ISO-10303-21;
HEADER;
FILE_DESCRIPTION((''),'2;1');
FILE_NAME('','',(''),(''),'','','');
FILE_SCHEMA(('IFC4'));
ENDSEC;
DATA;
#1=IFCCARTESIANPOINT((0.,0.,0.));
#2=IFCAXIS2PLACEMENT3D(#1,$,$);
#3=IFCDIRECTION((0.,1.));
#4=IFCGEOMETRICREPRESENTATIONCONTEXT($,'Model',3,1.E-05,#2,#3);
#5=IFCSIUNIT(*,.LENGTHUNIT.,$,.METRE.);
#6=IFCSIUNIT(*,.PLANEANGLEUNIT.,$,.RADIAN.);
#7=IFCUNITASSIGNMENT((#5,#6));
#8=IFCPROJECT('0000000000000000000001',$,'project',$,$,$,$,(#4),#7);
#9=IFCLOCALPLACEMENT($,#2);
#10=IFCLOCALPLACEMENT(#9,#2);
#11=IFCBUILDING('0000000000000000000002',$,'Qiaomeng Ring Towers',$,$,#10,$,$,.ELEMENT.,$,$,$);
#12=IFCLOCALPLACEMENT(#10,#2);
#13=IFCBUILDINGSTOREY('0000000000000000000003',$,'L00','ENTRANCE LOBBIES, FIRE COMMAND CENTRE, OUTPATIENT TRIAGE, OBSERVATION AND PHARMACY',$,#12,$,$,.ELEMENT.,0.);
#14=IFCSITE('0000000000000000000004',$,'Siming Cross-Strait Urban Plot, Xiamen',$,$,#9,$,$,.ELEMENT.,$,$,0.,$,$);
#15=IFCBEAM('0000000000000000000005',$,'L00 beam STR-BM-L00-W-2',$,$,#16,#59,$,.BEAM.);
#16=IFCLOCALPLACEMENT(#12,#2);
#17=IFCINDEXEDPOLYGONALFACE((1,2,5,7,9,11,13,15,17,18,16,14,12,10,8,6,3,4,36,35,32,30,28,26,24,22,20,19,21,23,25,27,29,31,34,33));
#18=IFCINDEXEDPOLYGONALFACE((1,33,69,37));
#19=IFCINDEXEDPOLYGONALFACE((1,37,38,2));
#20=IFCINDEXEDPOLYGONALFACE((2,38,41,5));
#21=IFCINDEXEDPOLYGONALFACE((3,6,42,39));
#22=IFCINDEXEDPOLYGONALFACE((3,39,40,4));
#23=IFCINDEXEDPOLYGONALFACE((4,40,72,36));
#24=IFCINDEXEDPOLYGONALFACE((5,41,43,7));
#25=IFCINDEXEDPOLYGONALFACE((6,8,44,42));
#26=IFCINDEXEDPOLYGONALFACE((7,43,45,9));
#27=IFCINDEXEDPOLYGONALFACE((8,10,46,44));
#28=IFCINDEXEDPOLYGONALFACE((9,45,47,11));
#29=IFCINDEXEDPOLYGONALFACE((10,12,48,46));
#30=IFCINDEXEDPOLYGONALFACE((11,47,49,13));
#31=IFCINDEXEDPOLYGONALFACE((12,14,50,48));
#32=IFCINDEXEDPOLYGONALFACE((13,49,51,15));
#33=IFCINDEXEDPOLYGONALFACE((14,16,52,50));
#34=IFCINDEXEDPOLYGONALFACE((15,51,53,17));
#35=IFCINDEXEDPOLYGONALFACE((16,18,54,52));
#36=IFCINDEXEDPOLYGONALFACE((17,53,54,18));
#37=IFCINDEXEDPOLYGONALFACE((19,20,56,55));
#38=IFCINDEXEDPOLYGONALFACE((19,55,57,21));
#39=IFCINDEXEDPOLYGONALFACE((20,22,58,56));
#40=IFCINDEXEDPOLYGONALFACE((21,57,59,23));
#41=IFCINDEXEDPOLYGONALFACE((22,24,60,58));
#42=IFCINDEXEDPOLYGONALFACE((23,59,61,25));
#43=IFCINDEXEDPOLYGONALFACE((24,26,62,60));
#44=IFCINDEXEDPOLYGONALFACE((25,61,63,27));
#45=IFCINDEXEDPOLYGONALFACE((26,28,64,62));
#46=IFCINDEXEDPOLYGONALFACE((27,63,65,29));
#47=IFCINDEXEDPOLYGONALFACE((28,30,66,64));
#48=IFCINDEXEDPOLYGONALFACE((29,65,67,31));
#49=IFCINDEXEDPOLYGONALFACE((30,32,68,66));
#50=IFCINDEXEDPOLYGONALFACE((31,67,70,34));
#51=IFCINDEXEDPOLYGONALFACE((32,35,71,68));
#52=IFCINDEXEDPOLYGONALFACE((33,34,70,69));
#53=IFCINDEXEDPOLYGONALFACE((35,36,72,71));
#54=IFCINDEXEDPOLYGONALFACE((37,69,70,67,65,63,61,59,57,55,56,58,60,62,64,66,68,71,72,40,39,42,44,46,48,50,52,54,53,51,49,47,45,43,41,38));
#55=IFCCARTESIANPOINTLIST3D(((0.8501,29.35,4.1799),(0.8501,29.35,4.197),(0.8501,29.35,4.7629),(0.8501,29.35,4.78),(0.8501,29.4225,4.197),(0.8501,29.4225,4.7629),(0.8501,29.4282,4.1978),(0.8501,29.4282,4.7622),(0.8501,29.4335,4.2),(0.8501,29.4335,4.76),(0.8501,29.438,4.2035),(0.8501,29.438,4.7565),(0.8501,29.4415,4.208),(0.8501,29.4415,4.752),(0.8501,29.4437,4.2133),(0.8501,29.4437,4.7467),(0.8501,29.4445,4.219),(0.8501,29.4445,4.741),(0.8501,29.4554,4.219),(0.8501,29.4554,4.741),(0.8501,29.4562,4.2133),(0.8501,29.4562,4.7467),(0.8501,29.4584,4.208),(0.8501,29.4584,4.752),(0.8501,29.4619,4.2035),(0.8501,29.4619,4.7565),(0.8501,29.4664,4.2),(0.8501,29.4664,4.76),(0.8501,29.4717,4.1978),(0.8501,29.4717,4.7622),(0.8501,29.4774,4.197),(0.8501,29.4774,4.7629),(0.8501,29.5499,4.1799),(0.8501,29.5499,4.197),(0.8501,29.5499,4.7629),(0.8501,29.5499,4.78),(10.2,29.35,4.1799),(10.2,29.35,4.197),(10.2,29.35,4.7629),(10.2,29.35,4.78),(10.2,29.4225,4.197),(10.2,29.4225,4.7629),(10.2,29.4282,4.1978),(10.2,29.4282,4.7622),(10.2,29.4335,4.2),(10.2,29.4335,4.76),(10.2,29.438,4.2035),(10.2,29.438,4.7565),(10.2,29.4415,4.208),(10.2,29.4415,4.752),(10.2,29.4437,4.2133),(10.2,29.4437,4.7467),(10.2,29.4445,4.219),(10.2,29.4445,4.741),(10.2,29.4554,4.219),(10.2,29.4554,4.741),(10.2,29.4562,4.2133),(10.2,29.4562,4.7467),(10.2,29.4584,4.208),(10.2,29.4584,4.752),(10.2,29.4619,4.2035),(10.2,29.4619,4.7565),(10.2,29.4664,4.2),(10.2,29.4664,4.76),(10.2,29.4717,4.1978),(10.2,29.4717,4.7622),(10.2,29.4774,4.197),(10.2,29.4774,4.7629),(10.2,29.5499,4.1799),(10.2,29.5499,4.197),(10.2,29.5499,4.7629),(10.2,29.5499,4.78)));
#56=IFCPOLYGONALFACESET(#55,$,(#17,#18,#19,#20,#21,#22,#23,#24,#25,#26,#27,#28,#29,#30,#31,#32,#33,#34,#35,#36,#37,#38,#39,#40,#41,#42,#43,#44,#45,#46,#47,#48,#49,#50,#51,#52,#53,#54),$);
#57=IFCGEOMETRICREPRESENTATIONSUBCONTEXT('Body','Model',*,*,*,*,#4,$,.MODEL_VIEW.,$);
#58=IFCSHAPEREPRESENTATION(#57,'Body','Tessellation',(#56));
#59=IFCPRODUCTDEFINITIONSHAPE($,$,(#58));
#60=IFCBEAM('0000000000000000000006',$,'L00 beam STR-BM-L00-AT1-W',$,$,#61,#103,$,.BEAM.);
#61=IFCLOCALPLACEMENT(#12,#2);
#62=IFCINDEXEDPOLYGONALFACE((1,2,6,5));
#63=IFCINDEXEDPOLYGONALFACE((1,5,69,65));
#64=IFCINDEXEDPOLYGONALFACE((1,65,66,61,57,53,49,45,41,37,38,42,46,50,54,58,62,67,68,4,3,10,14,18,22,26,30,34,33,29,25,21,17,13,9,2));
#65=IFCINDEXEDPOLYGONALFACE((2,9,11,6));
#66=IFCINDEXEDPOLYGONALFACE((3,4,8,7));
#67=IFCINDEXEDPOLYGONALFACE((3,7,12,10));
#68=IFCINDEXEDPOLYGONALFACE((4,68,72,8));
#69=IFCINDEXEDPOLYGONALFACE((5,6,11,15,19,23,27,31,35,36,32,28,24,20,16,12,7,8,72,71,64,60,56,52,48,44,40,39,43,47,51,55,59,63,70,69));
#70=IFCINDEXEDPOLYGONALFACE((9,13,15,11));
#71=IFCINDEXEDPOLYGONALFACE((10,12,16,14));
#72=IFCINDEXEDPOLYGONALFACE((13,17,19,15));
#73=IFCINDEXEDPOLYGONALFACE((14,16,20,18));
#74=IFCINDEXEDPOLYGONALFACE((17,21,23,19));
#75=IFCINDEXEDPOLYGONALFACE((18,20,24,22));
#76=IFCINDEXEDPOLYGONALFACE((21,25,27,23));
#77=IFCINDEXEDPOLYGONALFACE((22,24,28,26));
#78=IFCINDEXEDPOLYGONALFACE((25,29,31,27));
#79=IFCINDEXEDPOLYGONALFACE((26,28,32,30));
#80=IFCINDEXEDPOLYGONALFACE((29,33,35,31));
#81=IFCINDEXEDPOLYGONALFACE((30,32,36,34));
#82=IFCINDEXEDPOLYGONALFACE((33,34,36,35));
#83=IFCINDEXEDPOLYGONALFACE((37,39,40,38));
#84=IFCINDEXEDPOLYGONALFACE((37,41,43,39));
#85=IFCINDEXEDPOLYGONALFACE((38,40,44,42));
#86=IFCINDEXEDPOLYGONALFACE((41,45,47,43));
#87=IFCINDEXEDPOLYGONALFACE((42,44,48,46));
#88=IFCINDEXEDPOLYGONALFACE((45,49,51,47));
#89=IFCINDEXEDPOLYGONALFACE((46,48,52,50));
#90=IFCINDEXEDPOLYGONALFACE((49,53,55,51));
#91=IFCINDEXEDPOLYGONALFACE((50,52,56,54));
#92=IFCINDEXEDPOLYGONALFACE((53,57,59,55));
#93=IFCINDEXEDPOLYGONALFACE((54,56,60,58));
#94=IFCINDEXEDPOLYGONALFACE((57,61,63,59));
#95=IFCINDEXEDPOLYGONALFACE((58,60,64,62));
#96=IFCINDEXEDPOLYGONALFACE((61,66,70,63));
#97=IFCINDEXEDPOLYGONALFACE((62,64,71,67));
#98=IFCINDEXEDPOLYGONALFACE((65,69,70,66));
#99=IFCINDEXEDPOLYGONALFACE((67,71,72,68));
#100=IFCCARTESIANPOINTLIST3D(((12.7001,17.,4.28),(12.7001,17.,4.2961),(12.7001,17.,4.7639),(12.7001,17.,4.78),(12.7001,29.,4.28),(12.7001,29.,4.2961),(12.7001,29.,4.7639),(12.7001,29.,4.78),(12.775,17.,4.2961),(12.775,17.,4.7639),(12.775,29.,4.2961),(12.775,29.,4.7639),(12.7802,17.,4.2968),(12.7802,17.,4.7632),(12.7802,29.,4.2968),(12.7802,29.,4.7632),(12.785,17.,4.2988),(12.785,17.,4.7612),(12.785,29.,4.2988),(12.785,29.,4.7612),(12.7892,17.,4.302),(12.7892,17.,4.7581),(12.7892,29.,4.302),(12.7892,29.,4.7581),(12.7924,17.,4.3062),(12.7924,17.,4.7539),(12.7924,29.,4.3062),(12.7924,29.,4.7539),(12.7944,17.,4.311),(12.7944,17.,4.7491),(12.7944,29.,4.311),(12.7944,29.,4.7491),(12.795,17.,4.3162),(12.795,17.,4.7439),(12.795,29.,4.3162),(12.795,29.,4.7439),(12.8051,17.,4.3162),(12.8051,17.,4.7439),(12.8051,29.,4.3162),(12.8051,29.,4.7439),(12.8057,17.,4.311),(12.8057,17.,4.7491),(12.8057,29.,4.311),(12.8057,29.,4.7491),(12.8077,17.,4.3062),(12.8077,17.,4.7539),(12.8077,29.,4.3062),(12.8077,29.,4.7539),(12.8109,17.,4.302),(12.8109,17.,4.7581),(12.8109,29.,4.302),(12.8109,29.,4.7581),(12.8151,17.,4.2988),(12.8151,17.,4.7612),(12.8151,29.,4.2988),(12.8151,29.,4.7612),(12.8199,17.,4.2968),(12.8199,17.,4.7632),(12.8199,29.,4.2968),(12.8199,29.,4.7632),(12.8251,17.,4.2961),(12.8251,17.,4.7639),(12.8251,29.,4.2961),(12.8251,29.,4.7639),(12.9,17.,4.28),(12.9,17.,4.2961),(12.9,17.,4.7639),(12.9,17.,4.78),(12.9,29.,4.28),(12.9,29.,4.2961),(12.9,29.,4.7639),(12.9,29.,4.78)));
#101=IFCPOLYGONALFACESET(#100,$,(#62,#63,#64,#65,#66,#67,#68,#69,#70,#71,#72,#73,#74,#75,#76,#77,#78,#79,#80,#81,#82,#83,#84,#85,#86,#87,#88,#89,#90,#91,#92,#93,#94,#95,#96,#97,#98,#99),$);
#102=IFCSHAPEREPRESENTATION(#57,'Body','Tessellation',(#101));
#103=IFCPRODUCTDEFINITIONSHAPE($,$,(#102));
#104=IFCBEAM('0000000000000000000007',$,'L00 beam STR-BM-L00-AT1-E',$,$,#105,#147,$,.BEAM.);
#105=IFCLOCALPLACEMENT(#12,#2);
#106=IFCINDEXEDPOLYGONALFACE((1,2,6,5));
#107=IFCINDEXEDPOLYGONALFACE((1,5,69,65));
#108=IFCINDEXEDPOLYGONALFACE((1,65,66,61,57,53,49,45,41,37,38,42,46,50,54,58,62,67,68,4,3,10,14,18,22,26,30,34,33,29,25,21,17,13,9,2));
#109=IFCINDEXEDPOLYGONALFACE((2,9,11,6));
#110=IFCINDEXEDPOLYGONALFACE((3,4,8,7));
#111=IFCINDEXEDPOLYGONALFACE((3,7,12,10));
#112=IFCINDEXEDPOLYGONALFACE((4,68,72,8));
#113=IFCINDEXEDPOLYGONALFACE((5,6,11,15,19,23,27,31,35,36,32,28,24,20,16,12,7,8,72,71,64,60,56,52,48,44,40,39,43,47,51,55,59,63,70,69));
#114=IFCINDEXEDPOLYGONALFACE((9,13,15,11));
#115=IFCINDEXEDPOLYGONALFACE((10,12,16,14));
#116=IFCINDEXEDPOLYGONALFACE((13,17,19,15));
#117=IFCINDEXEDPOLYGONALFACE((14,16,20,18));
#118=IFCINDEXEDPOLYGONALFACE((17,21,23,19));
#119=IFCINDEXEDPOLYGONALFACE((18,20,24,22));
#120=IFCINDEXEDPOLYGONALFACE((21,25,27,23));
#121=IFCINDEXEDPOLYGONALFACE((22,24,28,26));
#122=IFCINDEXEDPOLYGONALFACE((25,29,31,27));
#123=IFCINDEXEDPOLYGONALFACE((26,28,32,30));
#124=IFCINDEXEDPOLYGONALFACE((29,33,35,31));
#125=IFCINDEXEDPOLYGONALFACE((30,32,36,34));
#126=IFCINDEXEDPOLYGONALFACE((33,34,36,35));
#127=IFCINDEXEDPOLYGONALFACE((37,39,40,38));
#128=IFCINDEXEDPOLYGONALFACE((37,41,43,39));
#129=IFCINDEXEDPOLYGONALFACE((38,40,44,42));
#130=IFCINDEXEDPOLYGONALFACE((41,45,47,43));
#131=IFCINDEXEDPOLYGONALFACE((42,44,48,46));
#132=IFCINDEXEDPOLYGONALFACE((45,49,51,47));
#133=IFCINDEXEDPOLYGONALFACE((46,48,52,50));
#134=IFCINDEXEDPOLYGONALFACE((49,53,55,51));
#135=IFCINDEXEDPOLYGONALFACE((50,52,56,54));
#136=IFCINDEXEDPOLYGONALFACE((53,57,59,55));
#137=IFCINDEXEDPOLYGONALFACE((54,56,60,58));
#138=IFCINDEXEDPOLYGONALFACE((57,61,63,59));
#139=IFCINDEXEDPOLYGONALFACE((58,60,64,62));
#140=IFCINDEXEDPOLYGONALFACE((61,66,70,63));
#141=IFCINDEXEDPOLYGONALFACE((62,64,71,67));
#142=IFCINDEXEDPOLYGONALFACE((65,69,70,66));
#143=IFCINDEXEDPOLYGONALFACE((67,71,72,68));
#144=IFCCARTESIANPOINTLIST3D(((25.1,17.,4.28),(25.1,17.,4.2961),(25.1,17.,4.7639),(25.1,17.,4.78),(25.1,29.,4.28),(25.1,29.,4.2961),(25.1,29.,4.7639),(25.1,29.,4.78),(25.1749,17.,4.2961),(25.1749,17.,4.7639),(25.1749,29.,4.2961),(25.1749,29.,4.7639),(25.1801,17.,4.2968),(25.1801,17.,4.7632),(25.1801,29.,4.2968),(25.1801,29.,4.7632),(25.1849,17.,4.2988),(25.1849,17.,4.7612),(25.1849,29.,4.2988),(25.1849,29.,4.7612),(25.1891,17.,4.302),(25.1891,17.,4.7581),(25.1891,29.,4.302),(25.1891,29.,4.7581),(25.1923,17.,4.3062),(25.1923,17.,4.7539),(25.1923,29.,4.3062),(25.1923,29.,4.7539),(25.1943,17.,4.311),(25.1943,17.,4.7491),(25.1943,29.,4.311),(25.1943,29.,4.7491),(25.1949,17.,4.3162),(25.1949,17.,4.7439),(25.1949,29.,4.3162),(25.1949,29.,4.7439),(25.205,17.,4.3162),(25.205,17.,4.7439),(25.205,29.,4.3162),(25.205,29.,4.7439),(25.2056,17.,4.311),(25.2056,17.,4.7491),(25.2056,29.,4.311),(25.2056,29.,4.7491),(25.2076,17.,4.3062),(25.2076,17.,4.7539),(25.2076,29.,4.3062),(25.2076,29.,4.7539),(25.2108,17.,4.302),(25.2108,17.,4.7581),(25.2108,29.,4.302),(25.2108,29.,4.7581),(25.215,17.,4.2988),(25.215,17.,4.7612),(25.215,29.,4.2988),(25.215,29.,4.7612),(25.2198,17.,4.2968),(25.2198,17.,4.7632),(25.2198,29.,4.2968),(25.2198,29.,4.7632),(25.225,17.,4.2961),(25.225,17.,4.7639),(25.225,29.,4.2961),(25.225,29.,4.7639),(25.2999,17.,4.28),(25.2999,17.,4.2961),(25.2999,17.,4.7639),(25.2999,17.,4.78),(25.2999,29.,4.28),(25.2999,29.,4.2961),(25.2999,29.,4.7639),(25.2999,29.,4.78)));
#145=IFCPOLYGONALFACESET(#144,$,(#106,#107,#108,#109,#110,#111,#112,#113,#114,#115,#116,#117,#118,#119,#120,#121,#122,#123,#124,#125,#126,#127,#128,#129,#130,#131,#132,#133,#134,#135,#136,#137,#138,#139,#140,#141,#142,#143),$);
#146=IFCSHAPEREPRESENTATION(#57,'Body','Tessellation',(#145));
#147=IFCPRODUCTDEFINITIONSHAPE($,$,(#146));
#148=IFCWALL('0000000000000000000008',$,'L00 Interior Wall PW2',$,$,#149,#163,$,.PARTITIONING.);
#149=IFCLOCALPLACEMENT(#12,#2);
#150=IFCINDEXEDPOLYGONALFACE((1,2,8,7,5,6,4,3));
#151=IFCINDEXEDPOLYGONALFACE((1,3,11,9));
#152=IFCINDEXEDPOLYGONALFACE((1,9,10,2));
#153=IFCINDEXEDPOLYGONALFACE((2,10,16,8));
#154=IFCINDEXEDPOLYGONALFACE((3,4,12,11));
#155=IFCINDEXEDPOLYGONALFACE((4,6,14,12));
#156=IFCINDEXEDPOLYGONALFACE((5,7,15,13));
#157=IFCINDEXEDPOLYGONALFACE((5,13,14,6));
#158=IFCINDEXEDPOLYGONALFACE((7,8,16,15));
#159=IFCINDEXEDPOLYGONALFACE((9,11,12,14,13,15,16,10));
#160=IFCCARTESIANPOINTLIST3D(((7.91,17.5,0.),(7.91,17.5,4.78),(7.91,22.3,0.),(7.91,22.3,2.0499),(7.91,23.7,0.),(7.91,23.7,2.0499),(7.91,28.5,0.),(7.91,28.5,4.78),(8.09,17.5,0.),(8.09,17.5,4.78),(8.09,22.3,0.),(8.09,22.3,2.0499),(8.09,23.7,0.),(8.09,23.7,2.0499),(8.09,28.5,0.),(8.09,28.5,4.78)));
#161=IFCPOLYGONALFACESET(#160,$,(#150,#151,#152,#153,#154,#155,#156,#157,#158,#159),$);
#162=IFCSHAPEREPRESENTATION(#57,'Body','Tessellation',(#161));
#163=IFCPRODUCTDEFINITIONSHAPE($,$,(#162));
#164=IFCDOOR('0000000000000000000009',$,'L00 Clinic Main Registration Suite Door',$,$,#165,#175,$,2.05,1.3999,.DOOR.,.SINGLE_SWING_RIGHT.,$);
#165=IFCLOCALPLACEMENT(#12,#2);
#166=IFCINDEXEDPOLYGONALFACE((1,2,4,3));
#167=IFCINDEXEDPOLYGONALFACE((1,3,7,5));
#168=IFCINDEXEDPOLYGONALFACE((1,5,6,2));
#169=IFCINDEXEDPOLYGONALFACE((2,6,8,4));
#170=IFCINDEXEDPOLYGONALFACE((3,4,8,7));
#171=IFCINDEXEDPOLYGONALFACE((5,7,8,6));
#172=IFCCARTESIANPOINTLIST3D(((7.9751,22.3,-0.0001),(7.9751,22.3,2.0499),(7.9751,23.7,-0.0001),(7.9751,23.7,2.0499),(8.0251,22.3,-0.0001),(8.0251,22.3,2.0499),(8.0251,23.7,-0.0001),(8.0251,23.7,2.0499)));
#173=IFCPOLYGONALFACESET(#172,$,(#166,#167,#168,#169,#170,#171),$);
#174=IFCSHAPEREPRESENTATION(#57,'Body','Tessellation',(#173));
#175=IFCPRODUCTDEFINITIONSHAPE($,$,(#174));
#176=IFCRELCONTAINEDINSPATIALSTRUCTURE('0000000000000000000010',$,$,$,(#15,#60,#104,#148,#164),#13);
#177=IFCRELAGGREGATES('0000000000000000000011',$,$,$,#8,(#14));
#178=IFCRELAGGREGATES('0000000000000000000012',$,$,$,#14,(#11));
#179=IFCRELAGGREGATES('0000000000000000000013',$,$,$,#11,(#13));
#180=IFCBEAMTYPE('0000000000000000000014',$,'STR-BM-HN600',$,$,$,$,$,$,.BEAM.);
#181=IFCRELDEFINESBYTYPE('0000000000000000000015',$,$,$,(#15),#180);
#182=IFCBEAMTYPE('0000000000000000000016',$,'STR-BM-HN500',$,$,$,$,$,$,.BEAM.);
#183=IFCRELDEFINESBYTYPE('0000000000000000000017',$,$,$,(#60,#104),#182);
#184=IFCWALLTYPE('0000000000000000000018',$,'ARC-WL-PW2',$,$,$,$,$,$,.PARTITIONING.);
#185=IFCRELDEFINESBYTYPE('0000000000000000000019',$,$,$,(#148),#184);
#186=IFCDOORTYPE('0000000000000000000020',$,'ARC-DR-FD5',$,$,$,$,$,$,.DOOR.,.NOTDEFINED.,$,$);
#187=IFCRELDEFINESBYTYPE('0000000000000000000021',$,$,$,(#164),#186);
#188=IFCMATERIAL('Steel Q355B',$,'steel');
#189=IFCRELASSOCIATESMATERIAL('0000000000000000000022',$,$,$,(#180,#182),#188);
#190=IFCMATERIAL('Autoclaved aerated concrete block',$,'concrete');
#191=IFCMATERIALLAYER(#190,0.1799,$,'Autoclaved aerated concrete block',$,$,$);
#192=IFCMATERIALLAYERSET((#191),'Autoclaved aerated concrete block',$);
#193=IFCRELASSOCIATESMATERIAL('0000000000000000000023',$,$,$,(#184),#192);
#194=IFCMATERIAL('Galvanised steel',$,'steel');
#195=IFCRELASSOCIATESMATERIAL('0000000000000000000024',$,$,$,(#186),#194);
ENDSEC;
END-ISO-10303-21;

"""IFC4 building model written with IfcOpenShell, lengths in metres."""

from ifc_helpers import new_model, si_unit, direction, frame, frame_2d, origin, origin_2d, place, context, subcontext, project, spatial, rectangle, i_section, extrude, source, transform, mapped, material, layer, layer_set, material_profile, profile_set, type_object, element, fill, save


model = new_model("IFC4")

# Units and contexts
model_context = context("Model", 3, precision=1e-05, world=origin(), true_north=direction((0.0, 1.0)))
body_context = subcontext(model_context, "Body", "Model", "MODEL_VIEW")
ifc_project = project(units=[si_unit("LENGTHUNIT", "METRE"), si_unit("PLANEANGLEUNIT", "RADIAN")], contexts=[model_context])

# Site, building, storey
site_placement = place(None, origin())
site = spatial("IfcSite", under=ifc_project, at=site_placement, Name="Siming Cross-Strait Urban Plot, Xiamen", CompositionType="ELEMENT", RefElevation=0.0)
building_placement = place(site_placement, origin())
building = spatial("IfcBuilding", under=site, at=building_placement, Name="Qiaomeng Ring Towers", CompositionType="ELEMENT")
storey_placement = place(building_placement, origin())
storey = spatial("IfcBuildingStorey", under=building, at=storey_placement, Name="L00", Description="ENTRANCE LOBBIES, FIRE COMMAND CENTRE, OUTPATIENT TRIAGE, OBSERVATION AND PHARMACY", CompositionType="ELEMENT", Elevation=0.0)

# Beams
ifc_material_1 = material(Name="Steel Q355B", Category="steel")
ifc_material_profile_1 = material_profile(ifc_material_1, i_section(OverallWidth=0.2, OverallDepth=0.6001, WebThickness=0.011, FlangeThickness=0.0171, FilletRadius=0.022, at=origin_2d()), Name="HN 600x200x11x17")
ifc_profile_set_1 = profile_set([ifc_material_profile_1], Name="Steel Q355B")
beam_type_1 = type_object("IfcBeamType", Name="STR-BM-HN600", PredefinedType="BEAM", material=ifc_profile_set_1)
shared_shape_1 = source(origin(), body_context, "Body", "SweptSolid", [
    extrude(i_section(OverallWidth=0.2, OverallDepth=0.6001, WebThickness=0.011, FlangeThickness=0.0171, FilletRadius=0.022, at=origin_2d()), origin(), (0.0, 0.0, 1.0), 9.3499),
])
beam_placement = place(storey_placement, frame((0.8501, 29.45, 4.48), z_axis=(1.0, 0.0, 0.0), x_axis=(0.0, 1.0, 0.0)))
element("IfcBeam", 1, at=beam_placement, inside=storey, type_object=beam_type_1, Name="L00 beam STR-BM-L00-W-2", PredefinedType="BEAM", context=body_context, shape_type="MappedRepresentation", body=[
    mapped(shared_shape_1, transform((0.0, 0.0, 0.0), x_axis=(1.0, 0.0, 0.0), y_axis=(0.0, 1.0, 0.0), z_axis=(0.0, 0.0, 1.0), scale=1.0)),
])
ifc_material_profile_2 = material_profile(ifc_material_1, i_section(OverallWidth=0.2, OverallDepth=0.5, WebThickness=0.01, FlangeThickness=0.0161, FilletRadius=0.02, at=origin_2d()), Name="HN 500x200x10x16")
ifc_profile_set_2 = profile_set([ifc_material_profile_2], Name="Steel Q355B")
beam_type_2 = type_object("IfcBeamType", Name="STR-BM-HN500", PredefinedType="BEAM", material=ifc_profile_set_2)
shared_shape_2 = source(origin(), body_context, "Body", "SweptSolid", [
    extrude(i_section(OverallWidth=0.2, OverallDepth=0.5, WebThickness=0.01, FlangeThickness=0.0161, FilletRadius=0.02, at=origin_2d()), origin(), (0.0, 0.0, 1.0), 12.0),
])
for number, where, z_axis, x_axis, name in (
    (2, (12.8, 17.0, 4.53), (0.0, 1.0, 0.0), (-1.0, 0.0, 0.0), "L00 beam STR-BM-L00-AT1-W"),
    (3, (25.2, 17.0, 4.53), (0.0, 1.0, 0.0), (-1.0, 0.0, 0.0), "L00 beam STR-BM-L00-AT1-E"),
):
    element("IfcBeam", number, at=place(storey_placement, frame(where, z_axis=z_axis, x_axis=x_axis)), inside=storey, type_object=beam_type_2, Name=name, PredefinedType="BEAM", context=body_context, shape_type="MappedRepresentation", body=[
        mapped(shared_shape_2, transform((0.0, 0.0, 0.0), x_axis=(1.0, 0.0, 0.0), y_axis=(0.0, 1.0, 0.0), z_axis=(0.0, 0.0, 1.0), scale=1.0)),
    ])

# Wall, opening, door
ifc_material_2 = material(Name="Autoclaved aerated concrete block", Category="concrete")
ifc_layer_1 = layer(ifc_material_2, 0.1799, Name="Autoclaved aerated concrete block")
ifc_layer_set_1 = layer_set([ifc_layer_1], Name="Autoclaved aerated concrete block")
wall_type_1 = type_object("IfcWallType", Name="ARC-WL-PW2", PredefinedType="PARTITIONING", material=ifc_layer_set_1)
wall_1_placement = place(storey_placement, frame((8.0, 17.5, 0.0), z_axis=(0.0, 0.0, 1.0), x_axis=(0.0, 1.0, 0.0)))
wall_1 = element("IfcWall", 4, at=wall_1_placement, inside=storey, type_object=wall_type_1, Name="L00 Interior Wall PW2", PredefinedType="PARTITIONING", context=body_context, shape_type="SweptSolid", body=[
    extrude(rectangle(XDim=11.0, YDim=0.1799, at=frame_2d((5.5, 0.0))), origin(), (0.0, 0.0, 1.0), 4.78),
])
opening_1_placement = place(wall_1_placement, frame((4.8, 0.0, 0.0)))
opening_1 = element("IfcOpeningElement", 5, at=opening_1_placement, cuts=wall_1, PredefinedType="OPENING", context=body_context, shape_type="SweptSolid", body=[
    extrude(rectangle(XDim=1.3999, YDim=2.05, at=frame_2d((0.7, 1.0249))), frame((0.0, 0.0999, 0.0), z_axis=(0.0, -1.0, 0.0), x_axis=(1.0, 0.0, 0.0)), (0.0, 0.0, 1.0), 0.2),
])
ifc_material_3 = material(Name="Galvanised steel", Category="steel")
door_type_1 = type_object("IfcDoorType", Name="ARC-DR-FD5", OperationType="NOTDEFINED", PredefinedType="DOOR", material=ifc_material_3)
shared_shape_3 = source(origin(), body_context, "Body", "SweptSolid", [
    extrude(rectangle(XDim=1.3999, YDim=2.05, at=frame_2d((0.7, 1.0249))), frame((0.0, 0.0249, 0.0), z_axis=(0.0, -1.0, 0.0), x_axis=(1.0, 0.0, 0.0)), (0.0, 0.0, 1.0), 0.05),
])
door_1_placement = place(opening_1_placement, origin())
door_1 = element("IfcDoor", 6, at=door_1_placement, inside=storey, type_object=door_type_1, Name="L00 Clinic Main Registration Suite Door", OperationType="SINGLE_SWING_RIGHT", OverallHeight=2.05, OverallWidth=1.3999, PredefinedType="DOOR", context=body_context, shape_type="MappedRepresentation", body=[
    mapped(shared_shape_3, transform((0.0, 0.0, 0.0), x_axis=(1.0, 0.0, 0.0), y_axis=(0.0, 1.0, 0.0), z_axis=(0.0, 0.0, 1.0), scale=1.0)),
])
fill(opening_1, door_1)

save(model, "model.ifc")
